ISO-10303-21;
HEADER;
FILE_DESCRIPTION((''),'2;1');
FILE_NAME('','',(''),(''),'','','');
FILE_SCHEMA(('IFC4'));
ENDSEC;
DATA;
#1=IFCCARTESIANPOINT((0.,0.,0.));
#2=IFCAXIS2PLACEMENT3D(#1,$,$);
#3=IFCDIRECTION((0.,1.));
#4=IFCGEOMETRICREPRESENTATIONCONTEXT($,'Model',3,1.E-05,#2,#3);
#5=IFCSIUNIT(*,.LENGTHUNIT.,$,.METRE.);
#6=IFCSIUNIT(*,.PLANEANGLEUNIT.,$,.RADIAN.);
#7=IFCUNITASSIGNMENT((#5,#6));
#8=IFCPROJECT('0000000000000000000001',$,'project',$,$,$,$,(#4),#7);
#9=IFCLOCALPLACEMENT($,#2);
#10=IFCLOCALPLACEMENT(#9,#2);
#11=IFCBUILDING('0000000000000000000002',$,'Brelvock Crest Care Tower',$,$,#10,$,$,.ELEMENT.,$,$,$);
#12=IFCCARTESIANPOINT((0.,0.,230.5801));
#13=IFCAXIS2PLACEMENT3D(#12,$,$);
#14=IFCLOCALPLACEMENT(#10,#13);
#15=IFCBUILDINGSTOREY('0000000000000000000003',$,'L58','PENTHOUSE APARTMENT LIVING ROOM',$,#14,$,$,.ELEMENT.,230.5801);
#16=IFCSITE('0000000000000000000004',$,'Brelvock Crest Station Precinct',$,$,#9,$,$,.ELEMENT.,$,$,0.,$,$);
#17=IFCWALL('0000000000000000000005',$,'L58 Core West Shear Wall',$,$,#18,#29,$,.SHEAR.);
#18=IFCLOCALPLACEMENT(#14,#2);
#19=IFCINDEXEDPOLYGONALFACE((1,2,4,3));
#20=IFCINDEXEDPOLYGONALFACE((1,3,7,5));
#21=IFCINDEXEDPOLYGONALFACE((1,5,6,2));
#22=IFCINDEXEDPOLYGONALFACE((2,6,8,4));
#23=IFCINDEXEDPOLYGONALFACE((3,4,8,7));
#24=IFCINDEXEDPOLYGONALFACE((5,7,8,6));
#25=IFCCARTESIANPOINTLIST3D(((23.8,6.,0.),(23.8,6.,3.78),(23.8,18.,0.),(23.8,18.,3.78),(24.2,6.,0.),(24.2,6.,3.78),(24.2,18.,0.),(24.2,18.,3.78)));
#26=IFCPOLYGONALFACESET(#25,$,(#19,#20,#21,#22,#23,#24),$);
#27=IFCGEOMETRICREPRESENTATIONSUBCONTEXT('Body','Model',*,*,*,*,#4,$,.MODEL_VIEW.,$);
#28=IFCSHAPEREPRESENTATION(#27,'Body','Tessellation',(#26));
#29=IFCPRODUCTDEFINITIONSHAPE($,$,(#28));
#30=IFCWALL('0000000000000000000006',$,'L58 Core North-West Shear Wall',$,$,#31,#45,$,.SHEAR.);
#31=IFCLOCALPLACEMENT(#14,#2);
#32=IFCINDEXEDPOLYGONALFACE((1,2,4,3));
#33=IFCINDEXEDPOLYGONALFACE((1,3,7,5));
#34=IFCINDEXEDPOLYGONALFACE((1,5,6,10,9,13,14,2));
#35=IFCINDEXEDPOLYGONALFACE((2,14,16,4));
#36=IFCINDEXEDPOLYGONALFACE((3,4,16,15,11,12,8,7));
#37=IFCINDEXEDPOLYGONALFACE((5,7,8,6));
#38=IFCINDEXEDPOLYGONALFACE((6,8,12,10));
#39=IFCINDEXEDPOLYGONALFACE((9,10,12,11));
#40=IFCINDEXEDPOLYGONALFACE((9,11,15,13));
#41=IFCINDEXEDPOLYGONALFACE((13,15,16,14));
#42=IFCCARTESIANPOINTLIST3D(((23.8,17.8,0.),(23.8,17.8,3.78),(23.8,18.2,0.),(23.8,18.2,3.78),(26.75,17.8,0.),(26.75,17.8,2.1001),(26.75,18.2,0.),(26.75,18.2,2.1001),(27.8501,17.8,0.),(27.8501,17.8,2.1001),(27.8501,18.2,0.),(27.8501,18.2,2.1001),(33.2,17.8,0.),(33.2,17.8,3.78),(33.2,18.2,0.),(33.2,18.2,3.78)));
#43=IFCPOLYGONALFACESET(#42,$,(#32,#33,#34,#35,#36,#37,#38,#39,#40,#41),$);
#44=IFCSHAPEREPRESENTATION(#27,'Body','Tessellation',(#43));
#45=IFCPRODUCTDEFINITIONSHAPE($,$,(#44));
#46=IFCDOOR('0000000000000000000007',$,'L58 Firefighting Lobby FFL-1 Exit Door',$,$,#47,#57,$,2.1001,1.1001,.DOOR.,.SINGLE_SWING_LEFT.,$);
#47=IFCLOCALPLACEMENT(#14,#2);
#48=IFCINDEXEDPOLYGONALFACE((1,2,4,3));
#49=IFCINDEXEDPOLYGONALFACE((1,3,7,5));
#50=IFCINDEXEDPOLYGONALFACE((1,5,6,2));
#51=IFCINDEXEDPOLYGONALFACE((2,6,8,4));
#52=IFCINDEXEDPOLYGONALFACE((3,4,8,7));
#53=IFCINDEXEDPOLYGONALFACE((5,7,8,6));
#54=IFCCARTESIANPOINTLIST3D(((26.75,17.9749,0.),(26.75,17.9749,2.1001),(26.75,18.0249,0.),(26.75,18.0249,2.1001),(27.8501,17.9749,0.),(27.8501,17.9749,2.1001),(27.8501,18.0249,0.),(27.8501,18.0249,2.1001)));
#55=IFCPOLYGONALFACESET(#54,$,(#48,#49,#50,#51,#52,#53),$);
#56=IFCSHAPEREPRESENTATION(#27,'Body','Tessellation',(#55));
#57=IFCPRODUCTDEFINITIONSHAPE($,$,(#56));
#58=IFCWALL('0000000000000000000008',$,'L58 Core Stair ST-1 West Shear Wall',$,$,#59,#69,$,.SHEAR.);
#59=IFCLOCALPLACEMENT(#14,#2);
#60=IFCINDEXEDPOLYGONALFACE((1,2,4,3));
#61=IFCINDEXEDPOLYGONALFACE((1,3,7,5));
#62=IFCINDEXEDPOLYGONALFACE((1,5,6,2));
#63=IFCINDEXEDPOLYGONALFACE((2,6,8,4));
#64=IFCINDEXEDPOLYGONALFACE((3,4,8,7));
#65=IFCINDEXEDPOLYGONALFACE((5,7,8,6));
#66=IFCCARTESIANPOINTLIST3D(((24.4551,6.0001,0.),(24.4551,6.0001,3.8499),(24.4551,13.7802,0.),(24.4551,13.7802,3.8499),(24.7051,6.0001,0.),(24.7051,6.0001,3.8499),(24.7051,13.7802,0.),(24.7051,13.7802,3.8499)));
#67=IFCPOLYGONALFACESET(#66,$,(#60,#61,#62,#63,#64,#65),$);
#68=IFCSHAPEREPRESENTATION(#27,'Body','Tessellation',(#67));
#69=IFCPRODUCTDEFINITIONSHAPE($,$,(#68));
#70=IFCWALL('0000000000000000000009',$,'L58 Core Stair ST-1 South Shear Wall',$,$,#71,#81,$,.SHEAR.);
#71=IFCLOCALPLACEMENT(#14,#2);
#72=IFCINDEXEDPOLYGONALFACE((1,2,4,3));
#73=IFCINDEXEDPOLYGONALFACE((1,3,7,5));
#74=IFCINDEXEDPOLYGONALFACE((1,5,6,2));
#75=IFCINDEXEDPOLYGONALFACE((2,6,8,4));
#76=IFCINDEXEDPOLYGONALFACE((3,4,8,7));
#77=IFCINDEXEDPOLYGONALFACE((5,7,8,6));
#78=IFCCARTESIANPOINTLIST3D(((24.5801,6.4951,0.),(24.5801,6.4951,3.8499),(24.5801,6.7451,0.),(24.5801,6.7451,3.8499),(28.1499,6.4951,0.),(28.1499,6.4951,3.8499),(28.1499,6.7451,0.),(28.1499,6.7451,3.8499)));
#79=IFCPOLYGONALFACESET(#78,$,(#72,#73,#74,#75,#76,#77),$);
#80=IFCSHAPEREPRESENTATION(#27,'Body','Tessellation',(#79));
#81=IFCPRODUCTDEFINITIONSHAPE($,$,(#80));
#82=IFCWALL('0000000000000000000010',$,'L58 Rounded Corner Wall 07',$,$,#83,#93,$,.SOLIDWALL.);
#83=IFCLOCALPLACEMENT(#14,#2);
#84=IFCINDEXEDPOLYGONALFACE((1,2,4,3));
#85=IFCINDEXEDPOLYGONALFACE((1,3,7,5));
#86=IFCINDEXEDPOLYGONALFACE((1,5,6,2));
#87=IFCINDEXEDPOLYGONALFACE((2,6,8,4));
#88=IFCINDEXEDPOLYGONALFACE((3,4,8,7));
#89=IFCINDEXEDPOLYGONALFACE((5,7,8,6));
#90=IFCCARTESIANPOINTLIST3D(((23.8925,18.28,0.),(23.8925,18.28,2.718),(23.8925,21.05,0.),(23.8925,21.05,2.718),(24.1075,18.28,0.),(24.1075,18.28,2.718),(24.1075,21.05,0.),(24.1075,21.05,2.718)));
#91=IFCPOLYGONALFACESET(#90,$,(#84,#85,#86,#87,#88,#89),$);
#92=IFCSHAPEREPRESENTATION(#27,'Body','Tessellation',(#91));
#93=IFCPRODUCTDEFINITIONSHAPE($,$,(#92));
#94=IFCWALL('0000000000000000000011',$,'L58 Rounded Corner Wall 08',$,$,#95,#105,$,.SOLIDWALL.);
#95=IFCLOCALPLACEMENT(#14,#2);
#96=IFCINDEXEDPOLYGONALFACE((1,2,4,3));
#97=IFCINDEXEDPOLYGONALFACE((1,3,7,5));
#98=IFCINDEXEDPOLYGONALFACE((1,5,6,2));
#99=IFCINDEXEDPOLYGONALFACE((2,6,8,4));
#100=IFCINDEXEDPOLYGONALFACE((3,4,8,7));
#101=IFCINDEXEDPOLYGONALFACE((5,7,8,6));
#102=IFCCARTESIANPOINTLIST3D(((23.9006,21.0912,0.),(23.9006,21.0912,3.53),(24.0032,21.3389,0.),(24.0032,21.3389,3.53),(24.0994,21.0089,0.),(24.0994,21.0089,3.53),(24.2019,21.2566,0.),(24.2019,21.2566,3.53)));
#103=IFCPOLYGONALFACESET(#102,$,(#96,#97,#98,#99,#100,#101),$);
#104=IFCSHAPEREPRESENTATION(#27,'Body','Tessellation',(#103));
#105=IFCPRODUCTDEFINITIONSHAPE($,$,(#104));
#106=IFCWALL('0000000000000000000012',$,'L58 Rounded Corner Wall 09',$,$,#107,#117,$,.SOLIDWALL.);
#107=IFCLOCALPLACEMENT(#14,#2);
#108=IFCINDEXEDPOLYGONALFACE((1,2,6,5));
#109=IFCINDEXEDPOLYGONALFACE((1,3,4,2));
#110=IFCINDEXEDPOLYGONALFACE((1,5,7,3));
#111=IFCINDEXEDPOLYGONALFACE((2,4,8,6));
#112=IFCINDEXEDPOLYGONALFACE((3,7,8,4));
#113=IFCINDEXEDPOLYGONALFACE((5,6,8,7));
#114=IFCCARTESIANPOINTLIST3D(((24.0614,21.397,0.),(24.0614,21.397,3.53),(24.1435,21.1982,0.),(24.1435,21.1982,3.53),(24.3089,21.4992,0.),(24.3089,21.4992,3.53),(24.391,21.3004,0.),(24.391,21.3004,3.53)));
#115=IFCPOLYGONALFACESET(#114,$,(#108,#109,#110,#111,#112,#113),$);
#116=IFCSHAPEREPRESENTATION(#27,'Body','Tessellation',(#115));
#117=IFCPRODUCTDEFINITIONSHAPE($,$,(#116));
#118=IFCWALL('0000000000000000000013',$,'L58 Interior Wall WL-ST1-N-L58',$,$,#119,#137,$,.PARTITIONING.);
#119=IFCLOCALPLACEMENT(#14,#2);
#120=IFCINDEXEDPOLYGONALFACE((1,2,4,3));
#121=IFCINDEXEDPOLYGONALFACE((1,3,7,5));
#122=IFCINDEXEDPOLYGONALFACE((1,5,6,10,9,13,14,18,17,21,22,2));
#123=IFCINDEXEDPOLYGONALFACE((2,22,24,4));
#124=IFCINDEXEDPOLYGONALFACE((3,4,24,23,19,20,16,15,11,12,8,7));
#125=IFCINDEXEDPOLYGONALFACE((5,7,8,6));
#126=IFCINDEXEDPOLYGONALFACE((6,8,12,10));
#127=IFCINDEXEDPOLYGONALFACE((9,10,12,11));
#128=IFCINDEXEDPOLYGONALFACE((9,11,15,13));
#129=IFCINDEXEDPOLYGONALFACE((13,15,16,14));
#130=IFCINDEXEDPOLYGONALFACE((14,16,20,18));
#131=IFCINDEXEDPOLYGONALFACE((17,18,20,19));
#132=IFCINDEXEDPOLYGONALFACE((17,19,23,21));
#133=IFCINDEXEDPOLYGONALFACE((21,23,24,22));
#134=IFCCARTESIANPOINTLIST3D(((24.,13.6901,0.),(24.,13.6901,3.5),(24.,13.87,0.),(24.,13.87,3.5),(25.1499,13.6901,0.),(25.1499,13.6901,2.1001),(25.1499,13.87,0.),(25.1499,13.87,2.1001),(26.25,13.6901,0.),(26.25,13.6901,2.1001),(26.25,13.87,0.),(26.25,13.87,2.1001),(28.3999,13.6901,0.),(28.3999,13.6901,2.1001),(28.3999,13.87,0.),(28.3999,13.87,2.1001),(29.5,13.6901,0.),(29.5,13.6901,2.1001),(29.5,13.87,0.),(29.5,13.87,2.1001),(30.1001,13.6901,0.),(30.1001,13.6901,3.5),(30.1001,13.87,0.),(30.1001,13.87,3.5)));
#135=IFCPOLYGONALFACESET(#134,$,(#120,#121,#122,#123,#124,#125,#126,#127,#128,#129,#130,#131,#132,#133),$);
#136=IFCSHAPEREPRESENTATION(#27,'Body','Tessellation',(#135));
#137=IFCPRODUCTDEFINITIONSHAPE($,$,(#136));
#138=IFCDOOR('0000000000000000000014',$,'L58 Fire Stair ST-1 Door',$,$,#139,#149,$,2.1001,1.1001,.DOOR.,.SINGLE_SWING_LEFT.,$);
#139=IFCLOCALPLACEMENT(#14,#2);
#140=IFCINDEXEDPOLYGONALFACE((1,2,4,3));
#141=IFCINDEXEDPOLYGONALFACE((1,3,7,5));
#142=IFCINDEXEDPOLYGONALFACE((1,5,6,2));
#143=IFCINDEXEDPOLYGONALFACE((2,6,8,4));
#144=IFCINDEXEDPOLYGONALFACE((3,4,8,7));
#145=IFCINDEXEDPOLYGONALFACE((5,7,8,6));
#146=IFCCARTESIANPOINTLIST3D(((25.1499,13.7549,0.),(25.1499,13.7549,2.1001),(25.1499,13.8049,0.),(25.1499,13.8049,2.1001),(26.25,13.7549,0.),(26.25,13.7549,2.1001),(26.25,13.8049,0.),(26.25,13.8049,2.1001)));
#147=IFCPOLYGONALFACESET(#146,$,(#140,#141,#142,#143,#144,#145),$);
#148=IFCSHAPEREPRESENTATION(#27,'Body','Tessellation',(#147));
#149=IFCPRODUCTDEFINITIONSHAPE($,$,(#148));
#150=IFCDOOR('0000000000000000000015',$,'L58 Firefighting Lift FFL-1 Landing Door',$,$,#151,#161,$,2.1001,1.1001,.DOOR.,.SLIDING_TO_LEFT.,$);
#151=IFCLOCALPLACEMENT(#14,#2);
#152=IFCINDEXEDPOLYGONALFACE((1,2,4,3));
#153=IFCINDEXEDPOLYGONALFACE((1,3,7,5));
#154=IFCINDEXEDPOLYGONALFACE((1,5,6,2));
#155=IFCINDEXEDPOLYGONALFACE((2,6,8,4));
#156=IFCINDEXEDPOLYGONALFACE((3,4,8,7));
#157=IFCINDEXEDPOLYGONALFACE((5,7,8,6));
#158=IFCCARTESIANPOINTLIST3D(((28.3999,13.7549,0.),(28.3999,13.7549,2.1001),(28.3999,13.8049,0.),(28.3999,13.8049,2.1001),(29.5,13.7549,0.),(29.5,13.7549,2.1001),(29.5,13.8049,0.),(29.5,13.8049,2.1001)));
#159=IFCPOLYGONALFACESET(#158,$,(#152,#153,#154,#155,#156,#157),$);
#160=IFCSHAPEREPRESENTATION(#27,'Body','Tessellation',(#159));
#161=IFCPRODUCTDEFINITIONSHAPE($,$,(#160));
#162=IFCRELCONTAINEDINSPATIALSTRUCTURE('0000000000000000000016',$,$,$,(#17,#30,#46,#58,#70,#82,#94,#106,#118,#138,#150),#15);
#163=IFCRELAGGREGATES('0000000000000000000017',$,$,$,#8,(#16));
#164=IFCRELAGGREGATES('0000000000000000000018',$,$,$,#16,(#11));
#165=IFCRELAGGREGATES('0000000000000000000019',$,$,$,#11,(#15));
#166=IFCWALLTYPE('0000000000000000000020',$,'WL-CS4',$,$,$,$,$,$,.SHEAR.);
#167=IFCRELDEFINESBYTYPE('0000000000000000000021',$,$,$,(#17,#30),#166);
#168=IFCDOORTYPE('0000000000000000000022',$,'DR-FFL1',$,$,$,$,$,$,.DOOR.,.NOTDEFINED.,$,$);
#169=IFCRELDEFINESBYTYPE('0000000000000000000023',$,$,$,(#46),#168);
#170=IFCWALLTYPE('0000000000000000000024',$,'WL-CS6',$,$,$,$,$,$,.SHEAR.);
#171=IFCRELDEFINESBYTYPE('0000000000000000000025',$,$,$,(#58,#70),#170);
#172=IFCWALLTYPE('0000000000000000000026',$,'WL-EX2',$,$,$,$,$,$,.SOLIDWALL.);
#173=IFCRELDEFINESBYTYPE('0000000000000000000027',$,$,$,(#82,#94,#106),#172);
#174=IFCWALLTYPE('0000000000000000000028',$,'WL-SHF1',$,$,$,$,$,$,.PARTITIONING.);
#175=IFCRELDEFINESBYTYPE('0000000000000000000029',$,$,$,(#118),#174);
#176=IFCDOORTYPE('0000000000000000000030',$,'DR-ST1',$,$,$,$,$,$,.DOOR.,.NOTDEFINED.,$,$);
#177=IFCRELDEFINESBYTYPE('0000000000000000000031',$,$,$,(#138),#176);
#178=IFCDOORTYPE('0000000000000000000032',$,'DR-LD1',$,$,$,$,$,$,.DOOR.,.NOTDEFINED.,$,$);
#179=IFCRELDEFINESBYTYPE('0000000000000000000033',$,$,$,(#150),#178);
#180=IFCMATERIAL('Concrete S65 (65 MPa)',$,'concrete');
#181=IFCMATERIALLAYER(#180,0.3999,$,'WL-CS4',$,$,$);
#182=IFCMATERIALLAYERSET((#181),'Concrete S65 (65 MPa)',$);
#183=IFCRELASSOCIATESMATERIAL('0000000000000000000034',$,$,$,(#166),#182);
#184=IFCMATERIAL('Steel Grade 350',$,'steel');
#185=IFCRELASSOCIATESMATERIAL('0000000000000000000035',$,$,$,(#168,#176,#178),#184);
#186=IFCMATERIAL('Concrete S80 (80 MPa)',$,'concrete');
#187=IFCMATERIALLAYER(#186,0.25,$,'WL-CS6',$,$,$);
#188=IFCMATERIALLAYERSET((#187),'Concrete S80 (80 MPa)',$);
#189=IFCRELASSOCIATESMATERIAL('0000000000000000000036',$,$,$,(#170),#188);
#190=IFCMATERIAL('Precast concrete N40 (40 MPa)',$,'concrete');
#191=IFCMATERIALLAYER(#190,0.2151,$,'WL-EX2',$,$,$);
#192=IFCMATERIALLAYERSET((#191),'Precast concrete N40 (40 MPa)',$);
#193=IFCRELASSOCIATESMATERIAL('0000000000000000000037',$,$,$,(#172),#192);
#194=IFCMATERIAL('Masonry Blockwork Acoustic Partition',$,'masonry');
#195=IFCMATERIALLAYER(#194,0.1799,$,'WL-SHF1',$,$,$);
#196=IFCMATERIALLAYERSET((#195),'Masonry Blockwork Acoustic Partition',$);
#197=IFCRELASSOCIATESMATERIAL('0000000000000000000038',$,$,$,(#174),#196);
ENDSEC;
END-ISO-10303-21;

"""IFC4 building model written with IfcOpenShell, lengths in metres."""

from ifc_helpers import new_model, si_unit, direction, frame, frame_2d, origin, origin_2d, place, context, subcontext, project, spatial, rectangle, extrude, source, transform, mapped, material, layer, layer_set, type_object, element, fill, save


model = new_model("IFC4")

# Units and contexts
model_context = context("Model", 3, precision=1e-05, world=origin(), true_north=direction((0.0, 1.0)))
body_context = subcontext(model_context, "Body", "Model", "MODEL_VIEW")
ifc_project = project(units=[si_unit("LENGTHUNIT", "METRE"), si_unit("PLANEANGLEUNIT", "RADIAN")], contexts=[model_context])

# Site, building, storey
site_placement = place(None, origin())
site = spatial("IfcSite", under=ifc_project, at=site_placement, Name="Brelvock Crest Station Precinct", CompositionType="ELEMENT", RefElevation=0.0)
building_placement = place(site_placement, origin())
building = spatial("IfcBuilding", under=site, at=building_placement, Name="Brelvock Crest Care Tower", CompositionType="ELEMENT")
storey_placement = place(building_placement, frame((0.0, 0.0, 230.5801)))
storey = spatial("IfcBuildingStorey", under=building, at=storey_placement, Name="L58", Description="PENTHOUSE APARTMENT LIVING ROOM", CompositionType="ELEMENT", Elevation=230.5801)

# Shared definitions
ifc_material_1 = material(Name="Concrete S65 (65 MPa)", Category="concrete")

# Shared definitions
ifc_material_2 = material(Name="Steel Grade 350", Category="steel")

# Wall
ifc_layer_1 = layer(ifc_material_1, 0.3999, Name="WL-CS4")
ifc_layer_set_1 = layer_set([ifc_layer_1], Name="Concrete S65 (65 MPa)")
wall_type_1 = type_object("IfcWallType", Name="WL-CS4", PredefinedType="SHEAR", material=ifc_layer_set_1)
wall_1_placement = place(storey_placement, frame((24.0, 6.0, 0.0), z_axis=(0.0, 0.0, 1.0), x_axis=(0.0, 1.0, 0.0)))
element("IfcWall", 1, at=wall_1_placement, inside=storey, type_object=wall_type_1, Name="L58 Core West Shear Wall", PredefinedType="SHEAR", context=body_context, shape_type="SweptSolid", body=[
    extrude(rectangle(XDim=12.0, YDim=0.3999, at=frame_2d((6.0, 0.0))), origin(), (0.0, 0.0, 1.0), 3.78),
])

# Wall, opening, door
wall_2_placement = place(storey_placement, frame((23.8, 18.0, 0.0), z_axis=(0.0, 0.0, 1.0), x_axis=(1.0, 0.0, 0.0)))
wall_2 = element("IfcWall", 2, at=wall_2_placement, inside=storey, type_object=wall_type_1, Name="L58 Core North-West Shear Wall", PredefinedType="SHEAR", context=body_context, shape_type="SweptSolid", body=[
    extrude(rectangle(XDim=9.3999, YDim=0.3999, at=frame_2d((4.7, 0.0))), origin(), (0.0, 0.0, 1.0), 3.78),
])
opening_1_placement = place(wall_2_placement, frame((2.95, 0.0, 0.0)))
opening_1 = element("IfcOpeningElement", 3, at=opening_1_placement, cuts=wall_2, PredefinedType="OPENING", context=body_context, shape_type="SweptSolid", body=[
    extrude(rectangle(XDim=1.1001, YDim=2.1001, at=origin_2d()), frame((0.55, 0.21, 1.05), z_axis=(0.0, -1.0, 0.0), x_axis=(1.0, 0.0, 0.0)), (0.0, 0.0, 1.0), 0.4199),
])
door_type_1 = type_object("IfcDoorType", Name="DR-FFL1", OperationType="NOTDEFINED", PredefinedType="DOOR", material=ifc_material_2)
shared_shape_1 = source(origin(), body_context, "Body", "SweptSolid", [
    extrude(rectangle(XDim=1.1001, YDim=2.1001, at=origin_2d()), frame((0.55, 0.0249, 1.05), z_axis=(0.0, -1.0, 0.0), x_axis=(1.0, 0.0, 0.0)), (0.0, 0.0, 1.0), 0.05),
])
door_1_placement = place(opening_1_placement, origin())
door_1 = element("IfcDoor", 4, at=door_1_placement, inside=storey, type_object=door_type_1, Name="L58 Firefighting Lobby FFL-1 Exit Door", OperationType="SINGLE_SWING_LEFT", OverallHeight=2.1001, OverallWidth=1.1001, PredefinedType="DOOR", context=body_context, shape_type="MappedRepresentation", body=[
    mapped(shared_shape_1, transform((0.0, 0.0, 0.0), x_axis=(1.0, 0.0, 0.0), y_axis=(0.0, 1.0, 0.0), z_axis=(0.0, 0.0, 1.0), scale=1.0)),
])
fill(opening_1, door_1)

# Walls
ifc_material_3 = material(Name="Concrete S80 (80 MPa)", Category="concrete")
ifc_layer_2 = layer(ifc_material_3, 0.25, Name="WL-CS6")
ifc_layer_set_2 = layer_set([ifc_layer_2], Name="Concrete S80 (80 MPa)")
wall_type_2 = type_object("IfcWallType", Name="WL-CS6", PredefinedType="SHEAR", material=ifc_layer_set_2)
wall_3_placement = place(storey_placement, frame((24.5801, 6.0, 0.0), z_axis=(0.0, 0.0, 1.0), x_axis=(0.0, 1.0, 0.0)))
element("IfcWall", 5, at=wall_3_placement, inside=storey, type_object=wall_type_2, Name="L58 Core Stair ST-1 West Shear Wall", PredefinedType="SHEAR", context=body_context, shape_type="SweptSolid", body=[
    extrude(rectangle(XDim=7.78, YDim=0.25, at=frame_2d((3.8901, 0.0))), origin(), (0.0, 0.0, 1.0), 3.8499),
])
wall_4_placement = place(storey_placement, frame((24.5801, 6.6201, 0.0), z_axis=(0.0, 0.0, 1.0), x_axis=(1.0, 0.0, 0.0)))
element("IfcWall", 6, at=wall_4_placement, inside=storey, type_object=wall_type_2, Name="L58 Core Stair ST-1 South Shear Wall", PredefinedType="SHEAR", context=body_context, shape_type="SweptSolid", body=[
    extrude(rectangle(XDim=3.5698, YDim=0.25, at=frame_2d((1.7849, 0.0))), origin(), (0.0, 0.0, 1.0), 3.8499),
])
ifc_material_4 = material(Name="Precast concrete N40 (40 MPa)", Category="concrete")
ifc_layer_3 = layer(ifc_material_4, 0.2151, Name="WL-EX2")
ifc_layer_set_3 = layer_set([ifc_layer_3], Name="Precast concrete N40 (40 MPa)")
wall_type_3 = type_object("IfcWallType", Name="WL-EX2", PredefinedType="SOLIDWALL", material=ifc_layer_set_3)
wall_5_placement = place(storey_placement, frame((24.0, 18.28, 0.0), z_axis=(0.0, 0.0, 1.0), x_axis=(0.0, 1.0, 0.0)))
element("IfcWall", 7, at=wall_5_placement, inside=storey, type_object=wall_type_3, Name="L58 Rounded Corner Wall 07", PredefinedType="SOLIDWALL", context=body_context, shape_type="SweptSolid", body=[
    extrude(rectangle(XDim=2.77, YDim=0.2151, at=frame_2d((1.385, 0.0))), origin(), (0.0, 0.0, 1.0), 2.718),
])
wall_6_placement = place(storey_placement, frame((24.0, 21.05, 0.0), z_axis=(0.0, 0.0, 1.0), x_axis=(0.382674, 0.923884, 0.0)))
element("IfcWall", 8, at=wall_6_placement, inside=storey, type_object=wall_type_3, Name="L58 Rounded Corner Wall 08", PredefinedType="SOLIDWALL", context=body_context, shape_type="SweptSolid", body=[
    extrude(rectangle(XDim=0.2681, YDim=0.2151, at=frame_2d((0.134, 0.0))), origin(), (0.0, 0.0, 1.0), 3.53),
])
wall_7_placement = place(storey_placement, frame((24.1025, 21.2976, 0.0), z_axis=(0.0, 0.0, 1.0), x_axis=(0.924205, 0.381896, 0.0)))
element("IfcWall", 9, at=wall_7_placement, inside=storey, type_object=wall_type_3, Name="L58 Rounded Corner Wall 09", PredefinedType="SOLIDWALL", context=body_context, shape_type="SweptSolid", body=[
    extrude(rectangle(XDim=0.2678, YDim=0.2151, at=frame_2d((0.1338, 0.0))), origin(), (0.0, 0.0, 1.0), 3.53),
])

# Wall, openings, doors
ifc_material_5 = material(Name="Masonry Blockwork Acoustic Partition", Category="masonry")
ifc_layer_4 = layer(ifc_material_5, 0.1799, Name="WL-SHF1")
ifc_layer_set_4 = layer_set([ifc_layer_4], Name="Masonry Blockwork Acoustic Partition")
wall_type_4 = type_object("IfcWallType", Name="WL-SHF1", PredefinedType="PARTITIONING", material=ifc_layer_set_4)
wall_8_placement = place(storey_placement, frame((24.0, 13.78, 0.0), z_axis=(0.0, 0.0, 1.0), x_axis=(1.0, 0.0, 0.0)))
wall_8 = element("IfcWall", 10, at=wall_8_placement, inside=storey, type_object=wall_type_4, Name="L58 Interior Wall WL-ST1-N-L58", PredefinedType="PARTITIONING", context=body_context, shape_type="SweptSolid", body=[
    extrude(rectangle(XDim=6.1001, YDim=0.1799, at=frame_2d((3.05, 0.0))), origin(), (0.0, 0.0, 1.0), 3.5),
])
opening_2_placement = place(wall_8_placement, frame((1.1499, 0.0, 0.0)))
opening_2 = element("IfcOpeningElement", 11, at=opening_2_placement, cuts=wall_8, PredefinedType="OPENING", context=body_context, shape_type="SweptSolid", body=[
    extrude(rectangle(XDim=1.1001, YDim=2.1001, at=origin_2d()), frame((0.55, 0.1001, 1.05), z_axis=(0.0, -1.0, 0.0), x_axis=(1.0, 0.0, 0.0)), (0.0, 0.0, 1.0), 0.2),
])
opening_3_placement = place(wall_8_placement, frame((4.3999, 0.0, 0.0)))
opening_3 = element("IfcOpeningElement", 12, at=opening_3_placement, cuts=wall_8, PredefinedType="OPENING", context=body_context, shape_type="SweptSolid", body=[
    extrude(rectangle(XDim=1.1001, YDim=2.1001, at=origin_2d()), frame((0.55, 0.1001, 1.05), z_axis=(0.0, -1.0, 0.0), x_axis=(1.0, 0.0, 0.0)), (0.0, 0.0, 1.0), 0.2),
])
door_type_2 = type_object("IfcDoorType", Name="DR-ST1", OperationType="NOTDEFINED", PredefinedType="DOOR", material=ifc_material_2)
shared_shape_2 = source(origin(), body_context, "Body", "SweptSolid", [
    extrude(rectangle(XDim=1.1001, YDim=2.1001, at=origin_2d()), frame((0.55, 0.0249, 1.05), z_axis=(0.0, -1.0, 0.0), x_axis=(1.0, 0.0, 0.0)), (0.0, 0.0, 1.0), 0.05),
])
door_2_placement = place(opening_2_placement, origin())
door_2 = element("IfcDoor", 13, at=door_2_placement, inside=storey, type_object=door_type_2, Name="L58 Fire Stair ST-1 Door", OperationType="SINGLE_SWING_LEFT", OverallHeight=2.1001, OverallWidth=1.1001, PredefinedType="DOOR", context=body_context, shape_type="MappedRepresentation", body=[
    mapped(shared_shape_2, transform((0.0, 0.0, 0.0), x_axis=(1.0, 0.0, 0.0), y_axis=(0.0, 1.0, 0.0), z_axis=(0.0, 0.0, 1.0), scale=1.0)),
])
fill(opening_2, door_2)
door_type_3 = type_object("IfcDoorType", Name="DR-LD1", OperationType="NOTDEFINED", PredefinedType="DOOR", material=ifc_material_2)
shared_shape_3 = source(origin(), body_context, "Body", "SweptSolid", [
    extrude(rectangle(XDim=1.1001, YDim=2.1001, at=origin_2d()), frame((0.55, 0.0249, 1.05), z_axis=(0.0, -1.0, 0.0), x_axis=(1.0, 0.0, 0.0)), (0.0, 0.0, 1.0), 0.05),
])
door_3_placement = place(opening_3_placement, origin())
door_3 = element("IfcDoor", 14, at=door_3_placement, inside=storey, type_object=door_type_3, Name="L58 Firefighting Lift FFL-1 Landing Door", OperationType="SLIDING_TO_LEFT", OverallHeight=2.1001, OverallWidth=1.1001, PredefinedType="DOOR", context=body_context, shape_type="MappedRepresentation", body=[
    mapped(shared_shape_3, transform((0.0, 0.0, 0.0), x_axis=(1.0, 0.0, 0.0), y_axis=(0.0, 1.0, 0.0), z_axis=(0.0, 0.0, 1.0), scale=1.0)),
])
fill(opening_3, door_3)

save(model, "model.ifc")
